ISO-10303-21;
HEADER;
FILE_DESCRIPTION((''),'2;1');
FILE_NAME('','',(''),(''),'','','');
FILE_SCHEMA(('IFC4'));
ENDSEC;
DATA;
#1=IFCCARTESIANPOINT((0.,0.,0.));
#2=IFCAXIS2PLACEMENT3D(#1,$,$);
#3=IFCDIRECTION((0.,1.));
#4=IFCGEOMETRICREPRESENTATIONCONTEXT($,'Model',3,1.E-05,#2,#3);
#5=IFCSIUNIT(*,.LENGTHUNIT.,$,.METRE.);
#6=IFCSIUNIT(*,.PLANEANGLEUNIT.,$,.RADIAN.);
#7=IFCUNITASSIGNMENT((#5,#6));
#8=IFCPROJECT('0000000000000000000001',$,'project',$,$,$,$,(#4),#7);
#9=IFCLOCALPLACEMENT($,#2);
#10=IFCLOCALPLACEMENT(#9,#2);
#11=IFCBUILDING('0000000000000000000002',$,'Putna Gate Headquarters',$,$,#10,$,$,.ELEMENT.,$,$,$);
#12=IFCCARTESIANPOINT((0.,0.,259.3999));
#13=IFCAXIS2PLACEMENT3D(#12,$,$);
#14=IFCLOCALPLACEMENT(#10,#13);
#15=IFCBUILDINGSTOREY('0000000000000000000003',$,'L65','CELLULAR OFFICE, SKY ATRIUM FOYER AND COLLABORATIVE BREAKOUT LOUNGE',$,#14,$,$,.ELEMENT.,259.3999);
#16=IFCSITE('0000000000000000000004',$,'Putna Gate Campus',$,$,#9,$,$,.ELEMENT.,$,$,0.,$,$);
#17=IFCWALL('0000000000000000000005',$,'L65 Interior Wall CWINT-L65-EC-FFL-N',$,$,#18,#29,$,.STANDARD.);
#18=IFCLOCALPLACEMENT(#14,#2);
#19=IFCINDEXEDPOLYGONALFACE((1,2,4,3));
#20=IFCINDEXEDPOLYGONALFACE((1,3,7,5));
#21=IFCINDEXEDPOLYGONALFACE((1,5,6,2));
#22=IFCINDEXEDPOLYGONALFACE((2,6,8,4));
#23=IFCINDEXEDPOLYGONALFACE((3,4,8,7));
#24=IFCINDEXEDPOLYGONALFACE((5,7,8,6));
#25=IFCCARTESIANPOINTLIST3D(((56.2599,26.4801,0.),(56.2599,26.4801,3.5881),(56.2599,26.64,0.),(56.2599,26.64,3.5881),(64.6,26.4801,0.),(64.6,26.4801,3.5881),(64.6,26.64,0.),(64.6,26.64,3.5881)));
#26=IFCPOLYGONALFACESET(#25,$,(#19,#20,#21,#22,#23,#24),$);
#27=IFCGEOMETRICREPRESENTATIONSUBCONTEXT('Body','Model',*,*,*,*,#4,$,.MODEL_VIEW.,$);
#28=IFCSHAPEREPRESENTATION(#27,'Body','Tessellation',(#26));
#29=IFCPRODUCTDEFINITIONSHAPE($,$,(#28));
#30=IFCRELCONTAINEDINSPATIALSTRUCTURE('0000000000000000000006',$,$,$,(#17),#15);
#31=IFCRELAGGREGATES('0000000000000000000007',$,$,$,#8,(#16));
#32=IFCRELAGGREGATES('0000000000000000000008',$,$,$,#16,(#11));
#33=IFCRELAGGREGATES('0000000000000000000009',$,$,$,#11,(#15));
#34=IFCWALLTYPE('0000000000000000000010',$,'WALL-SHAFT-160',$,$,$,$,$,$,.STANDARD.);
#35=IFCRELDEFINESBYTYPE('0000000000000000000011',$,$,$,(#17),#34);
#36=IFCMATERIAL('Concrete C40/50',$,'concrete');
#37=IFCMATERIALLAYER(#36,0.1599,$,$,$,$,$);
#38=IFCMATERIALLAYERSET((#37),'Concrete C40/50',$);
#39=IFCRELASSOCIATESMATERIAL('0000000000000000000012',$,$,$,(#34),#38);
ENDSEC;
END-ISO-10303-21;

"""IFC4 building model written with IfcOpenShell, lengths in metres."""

from ifc_helpers import new_model, si_unit, direction, frame, frame_2d, origin, place, context, subcontext, project, spatial, rectangle, extrude, material, layer, layer_set, type_object, element, save


model = new_model("IFC4")

# Units and contexts
model_context = context("Model", 3, precision=1e-05, world=origin(), true_north=direction((0.0, 1.0)))
body_context = subcontext(model_context, "Body", "Model", "MODEL_VIEW")
ifc_project = project(units=[si_unit("LENGTHUNIT", "METRE"), si_unit("PLANEANGLEUNIT", "RADIAN")], contexts=[model_context])

# Site, building, storey
site_placement = place(None, origin())
site = spatial("IfcSite", under=ifc_project, at=site_placement, Name="Putna Gate Campus", CompositionType="ELEMENT", RefElevation=0.0)
building_placement = place(site_placement, origin())
building = spatial("IfcBuilding", under=site, at=building_placement, Name="Putna Gate Headquarters", CompositionType="ELEMENT")
storey_placement = place(building_placement, frame((0.0, 0.0, 259.3999)))
storey = spatial("IfcBuildingStorey", under=building, at=storey_placement, Name="L65", Description="CELLULAR OFFICE, SKY ATRIUM FOYER AND COLLABORATIVE BREAKOUT LOUNGE", CompositionType="ELEMENT", Elevation=259.3999)

# Wall
ifc_material_1 = material(Name="Concrete C40/50", Category="concrete")
ifc_layer_1 = layer(ifc_material_1, 0.1599)
ifc_layer_set_1 = layer_set([ifc_layer_1], Name="Concrete C40/50")
wall_type_1 = type_object("IfcWallType", Name="WALL-SHAFT-160", PredefinedType="STANDARD", material=ifc_layer_set_1)
wall_1_placement = place(storey_placement, frame((56.26, 26.5601, 0.0), z_axis=(0.0, 0.0, 1.0), x_axis=(1.0, 0.0, 0.0)))
element("IfcWall", 1, at=wall_1_placement, inside=storey, type_object=wall_type_1, Name="L65 Interior Wall CWINT-L65-EC-FFL-N", PredefinedType="STANDARD", context=body_context, shape_type="SweptSolid", body=[
    extrude(rectangle(XDim=8.3401, YDim=0.1599, at=frame_2d((4.1699, 0.0))), origin(), (0.0, 0.0, 1.0), 3.5881),
])

save(model, "model.ifc")
